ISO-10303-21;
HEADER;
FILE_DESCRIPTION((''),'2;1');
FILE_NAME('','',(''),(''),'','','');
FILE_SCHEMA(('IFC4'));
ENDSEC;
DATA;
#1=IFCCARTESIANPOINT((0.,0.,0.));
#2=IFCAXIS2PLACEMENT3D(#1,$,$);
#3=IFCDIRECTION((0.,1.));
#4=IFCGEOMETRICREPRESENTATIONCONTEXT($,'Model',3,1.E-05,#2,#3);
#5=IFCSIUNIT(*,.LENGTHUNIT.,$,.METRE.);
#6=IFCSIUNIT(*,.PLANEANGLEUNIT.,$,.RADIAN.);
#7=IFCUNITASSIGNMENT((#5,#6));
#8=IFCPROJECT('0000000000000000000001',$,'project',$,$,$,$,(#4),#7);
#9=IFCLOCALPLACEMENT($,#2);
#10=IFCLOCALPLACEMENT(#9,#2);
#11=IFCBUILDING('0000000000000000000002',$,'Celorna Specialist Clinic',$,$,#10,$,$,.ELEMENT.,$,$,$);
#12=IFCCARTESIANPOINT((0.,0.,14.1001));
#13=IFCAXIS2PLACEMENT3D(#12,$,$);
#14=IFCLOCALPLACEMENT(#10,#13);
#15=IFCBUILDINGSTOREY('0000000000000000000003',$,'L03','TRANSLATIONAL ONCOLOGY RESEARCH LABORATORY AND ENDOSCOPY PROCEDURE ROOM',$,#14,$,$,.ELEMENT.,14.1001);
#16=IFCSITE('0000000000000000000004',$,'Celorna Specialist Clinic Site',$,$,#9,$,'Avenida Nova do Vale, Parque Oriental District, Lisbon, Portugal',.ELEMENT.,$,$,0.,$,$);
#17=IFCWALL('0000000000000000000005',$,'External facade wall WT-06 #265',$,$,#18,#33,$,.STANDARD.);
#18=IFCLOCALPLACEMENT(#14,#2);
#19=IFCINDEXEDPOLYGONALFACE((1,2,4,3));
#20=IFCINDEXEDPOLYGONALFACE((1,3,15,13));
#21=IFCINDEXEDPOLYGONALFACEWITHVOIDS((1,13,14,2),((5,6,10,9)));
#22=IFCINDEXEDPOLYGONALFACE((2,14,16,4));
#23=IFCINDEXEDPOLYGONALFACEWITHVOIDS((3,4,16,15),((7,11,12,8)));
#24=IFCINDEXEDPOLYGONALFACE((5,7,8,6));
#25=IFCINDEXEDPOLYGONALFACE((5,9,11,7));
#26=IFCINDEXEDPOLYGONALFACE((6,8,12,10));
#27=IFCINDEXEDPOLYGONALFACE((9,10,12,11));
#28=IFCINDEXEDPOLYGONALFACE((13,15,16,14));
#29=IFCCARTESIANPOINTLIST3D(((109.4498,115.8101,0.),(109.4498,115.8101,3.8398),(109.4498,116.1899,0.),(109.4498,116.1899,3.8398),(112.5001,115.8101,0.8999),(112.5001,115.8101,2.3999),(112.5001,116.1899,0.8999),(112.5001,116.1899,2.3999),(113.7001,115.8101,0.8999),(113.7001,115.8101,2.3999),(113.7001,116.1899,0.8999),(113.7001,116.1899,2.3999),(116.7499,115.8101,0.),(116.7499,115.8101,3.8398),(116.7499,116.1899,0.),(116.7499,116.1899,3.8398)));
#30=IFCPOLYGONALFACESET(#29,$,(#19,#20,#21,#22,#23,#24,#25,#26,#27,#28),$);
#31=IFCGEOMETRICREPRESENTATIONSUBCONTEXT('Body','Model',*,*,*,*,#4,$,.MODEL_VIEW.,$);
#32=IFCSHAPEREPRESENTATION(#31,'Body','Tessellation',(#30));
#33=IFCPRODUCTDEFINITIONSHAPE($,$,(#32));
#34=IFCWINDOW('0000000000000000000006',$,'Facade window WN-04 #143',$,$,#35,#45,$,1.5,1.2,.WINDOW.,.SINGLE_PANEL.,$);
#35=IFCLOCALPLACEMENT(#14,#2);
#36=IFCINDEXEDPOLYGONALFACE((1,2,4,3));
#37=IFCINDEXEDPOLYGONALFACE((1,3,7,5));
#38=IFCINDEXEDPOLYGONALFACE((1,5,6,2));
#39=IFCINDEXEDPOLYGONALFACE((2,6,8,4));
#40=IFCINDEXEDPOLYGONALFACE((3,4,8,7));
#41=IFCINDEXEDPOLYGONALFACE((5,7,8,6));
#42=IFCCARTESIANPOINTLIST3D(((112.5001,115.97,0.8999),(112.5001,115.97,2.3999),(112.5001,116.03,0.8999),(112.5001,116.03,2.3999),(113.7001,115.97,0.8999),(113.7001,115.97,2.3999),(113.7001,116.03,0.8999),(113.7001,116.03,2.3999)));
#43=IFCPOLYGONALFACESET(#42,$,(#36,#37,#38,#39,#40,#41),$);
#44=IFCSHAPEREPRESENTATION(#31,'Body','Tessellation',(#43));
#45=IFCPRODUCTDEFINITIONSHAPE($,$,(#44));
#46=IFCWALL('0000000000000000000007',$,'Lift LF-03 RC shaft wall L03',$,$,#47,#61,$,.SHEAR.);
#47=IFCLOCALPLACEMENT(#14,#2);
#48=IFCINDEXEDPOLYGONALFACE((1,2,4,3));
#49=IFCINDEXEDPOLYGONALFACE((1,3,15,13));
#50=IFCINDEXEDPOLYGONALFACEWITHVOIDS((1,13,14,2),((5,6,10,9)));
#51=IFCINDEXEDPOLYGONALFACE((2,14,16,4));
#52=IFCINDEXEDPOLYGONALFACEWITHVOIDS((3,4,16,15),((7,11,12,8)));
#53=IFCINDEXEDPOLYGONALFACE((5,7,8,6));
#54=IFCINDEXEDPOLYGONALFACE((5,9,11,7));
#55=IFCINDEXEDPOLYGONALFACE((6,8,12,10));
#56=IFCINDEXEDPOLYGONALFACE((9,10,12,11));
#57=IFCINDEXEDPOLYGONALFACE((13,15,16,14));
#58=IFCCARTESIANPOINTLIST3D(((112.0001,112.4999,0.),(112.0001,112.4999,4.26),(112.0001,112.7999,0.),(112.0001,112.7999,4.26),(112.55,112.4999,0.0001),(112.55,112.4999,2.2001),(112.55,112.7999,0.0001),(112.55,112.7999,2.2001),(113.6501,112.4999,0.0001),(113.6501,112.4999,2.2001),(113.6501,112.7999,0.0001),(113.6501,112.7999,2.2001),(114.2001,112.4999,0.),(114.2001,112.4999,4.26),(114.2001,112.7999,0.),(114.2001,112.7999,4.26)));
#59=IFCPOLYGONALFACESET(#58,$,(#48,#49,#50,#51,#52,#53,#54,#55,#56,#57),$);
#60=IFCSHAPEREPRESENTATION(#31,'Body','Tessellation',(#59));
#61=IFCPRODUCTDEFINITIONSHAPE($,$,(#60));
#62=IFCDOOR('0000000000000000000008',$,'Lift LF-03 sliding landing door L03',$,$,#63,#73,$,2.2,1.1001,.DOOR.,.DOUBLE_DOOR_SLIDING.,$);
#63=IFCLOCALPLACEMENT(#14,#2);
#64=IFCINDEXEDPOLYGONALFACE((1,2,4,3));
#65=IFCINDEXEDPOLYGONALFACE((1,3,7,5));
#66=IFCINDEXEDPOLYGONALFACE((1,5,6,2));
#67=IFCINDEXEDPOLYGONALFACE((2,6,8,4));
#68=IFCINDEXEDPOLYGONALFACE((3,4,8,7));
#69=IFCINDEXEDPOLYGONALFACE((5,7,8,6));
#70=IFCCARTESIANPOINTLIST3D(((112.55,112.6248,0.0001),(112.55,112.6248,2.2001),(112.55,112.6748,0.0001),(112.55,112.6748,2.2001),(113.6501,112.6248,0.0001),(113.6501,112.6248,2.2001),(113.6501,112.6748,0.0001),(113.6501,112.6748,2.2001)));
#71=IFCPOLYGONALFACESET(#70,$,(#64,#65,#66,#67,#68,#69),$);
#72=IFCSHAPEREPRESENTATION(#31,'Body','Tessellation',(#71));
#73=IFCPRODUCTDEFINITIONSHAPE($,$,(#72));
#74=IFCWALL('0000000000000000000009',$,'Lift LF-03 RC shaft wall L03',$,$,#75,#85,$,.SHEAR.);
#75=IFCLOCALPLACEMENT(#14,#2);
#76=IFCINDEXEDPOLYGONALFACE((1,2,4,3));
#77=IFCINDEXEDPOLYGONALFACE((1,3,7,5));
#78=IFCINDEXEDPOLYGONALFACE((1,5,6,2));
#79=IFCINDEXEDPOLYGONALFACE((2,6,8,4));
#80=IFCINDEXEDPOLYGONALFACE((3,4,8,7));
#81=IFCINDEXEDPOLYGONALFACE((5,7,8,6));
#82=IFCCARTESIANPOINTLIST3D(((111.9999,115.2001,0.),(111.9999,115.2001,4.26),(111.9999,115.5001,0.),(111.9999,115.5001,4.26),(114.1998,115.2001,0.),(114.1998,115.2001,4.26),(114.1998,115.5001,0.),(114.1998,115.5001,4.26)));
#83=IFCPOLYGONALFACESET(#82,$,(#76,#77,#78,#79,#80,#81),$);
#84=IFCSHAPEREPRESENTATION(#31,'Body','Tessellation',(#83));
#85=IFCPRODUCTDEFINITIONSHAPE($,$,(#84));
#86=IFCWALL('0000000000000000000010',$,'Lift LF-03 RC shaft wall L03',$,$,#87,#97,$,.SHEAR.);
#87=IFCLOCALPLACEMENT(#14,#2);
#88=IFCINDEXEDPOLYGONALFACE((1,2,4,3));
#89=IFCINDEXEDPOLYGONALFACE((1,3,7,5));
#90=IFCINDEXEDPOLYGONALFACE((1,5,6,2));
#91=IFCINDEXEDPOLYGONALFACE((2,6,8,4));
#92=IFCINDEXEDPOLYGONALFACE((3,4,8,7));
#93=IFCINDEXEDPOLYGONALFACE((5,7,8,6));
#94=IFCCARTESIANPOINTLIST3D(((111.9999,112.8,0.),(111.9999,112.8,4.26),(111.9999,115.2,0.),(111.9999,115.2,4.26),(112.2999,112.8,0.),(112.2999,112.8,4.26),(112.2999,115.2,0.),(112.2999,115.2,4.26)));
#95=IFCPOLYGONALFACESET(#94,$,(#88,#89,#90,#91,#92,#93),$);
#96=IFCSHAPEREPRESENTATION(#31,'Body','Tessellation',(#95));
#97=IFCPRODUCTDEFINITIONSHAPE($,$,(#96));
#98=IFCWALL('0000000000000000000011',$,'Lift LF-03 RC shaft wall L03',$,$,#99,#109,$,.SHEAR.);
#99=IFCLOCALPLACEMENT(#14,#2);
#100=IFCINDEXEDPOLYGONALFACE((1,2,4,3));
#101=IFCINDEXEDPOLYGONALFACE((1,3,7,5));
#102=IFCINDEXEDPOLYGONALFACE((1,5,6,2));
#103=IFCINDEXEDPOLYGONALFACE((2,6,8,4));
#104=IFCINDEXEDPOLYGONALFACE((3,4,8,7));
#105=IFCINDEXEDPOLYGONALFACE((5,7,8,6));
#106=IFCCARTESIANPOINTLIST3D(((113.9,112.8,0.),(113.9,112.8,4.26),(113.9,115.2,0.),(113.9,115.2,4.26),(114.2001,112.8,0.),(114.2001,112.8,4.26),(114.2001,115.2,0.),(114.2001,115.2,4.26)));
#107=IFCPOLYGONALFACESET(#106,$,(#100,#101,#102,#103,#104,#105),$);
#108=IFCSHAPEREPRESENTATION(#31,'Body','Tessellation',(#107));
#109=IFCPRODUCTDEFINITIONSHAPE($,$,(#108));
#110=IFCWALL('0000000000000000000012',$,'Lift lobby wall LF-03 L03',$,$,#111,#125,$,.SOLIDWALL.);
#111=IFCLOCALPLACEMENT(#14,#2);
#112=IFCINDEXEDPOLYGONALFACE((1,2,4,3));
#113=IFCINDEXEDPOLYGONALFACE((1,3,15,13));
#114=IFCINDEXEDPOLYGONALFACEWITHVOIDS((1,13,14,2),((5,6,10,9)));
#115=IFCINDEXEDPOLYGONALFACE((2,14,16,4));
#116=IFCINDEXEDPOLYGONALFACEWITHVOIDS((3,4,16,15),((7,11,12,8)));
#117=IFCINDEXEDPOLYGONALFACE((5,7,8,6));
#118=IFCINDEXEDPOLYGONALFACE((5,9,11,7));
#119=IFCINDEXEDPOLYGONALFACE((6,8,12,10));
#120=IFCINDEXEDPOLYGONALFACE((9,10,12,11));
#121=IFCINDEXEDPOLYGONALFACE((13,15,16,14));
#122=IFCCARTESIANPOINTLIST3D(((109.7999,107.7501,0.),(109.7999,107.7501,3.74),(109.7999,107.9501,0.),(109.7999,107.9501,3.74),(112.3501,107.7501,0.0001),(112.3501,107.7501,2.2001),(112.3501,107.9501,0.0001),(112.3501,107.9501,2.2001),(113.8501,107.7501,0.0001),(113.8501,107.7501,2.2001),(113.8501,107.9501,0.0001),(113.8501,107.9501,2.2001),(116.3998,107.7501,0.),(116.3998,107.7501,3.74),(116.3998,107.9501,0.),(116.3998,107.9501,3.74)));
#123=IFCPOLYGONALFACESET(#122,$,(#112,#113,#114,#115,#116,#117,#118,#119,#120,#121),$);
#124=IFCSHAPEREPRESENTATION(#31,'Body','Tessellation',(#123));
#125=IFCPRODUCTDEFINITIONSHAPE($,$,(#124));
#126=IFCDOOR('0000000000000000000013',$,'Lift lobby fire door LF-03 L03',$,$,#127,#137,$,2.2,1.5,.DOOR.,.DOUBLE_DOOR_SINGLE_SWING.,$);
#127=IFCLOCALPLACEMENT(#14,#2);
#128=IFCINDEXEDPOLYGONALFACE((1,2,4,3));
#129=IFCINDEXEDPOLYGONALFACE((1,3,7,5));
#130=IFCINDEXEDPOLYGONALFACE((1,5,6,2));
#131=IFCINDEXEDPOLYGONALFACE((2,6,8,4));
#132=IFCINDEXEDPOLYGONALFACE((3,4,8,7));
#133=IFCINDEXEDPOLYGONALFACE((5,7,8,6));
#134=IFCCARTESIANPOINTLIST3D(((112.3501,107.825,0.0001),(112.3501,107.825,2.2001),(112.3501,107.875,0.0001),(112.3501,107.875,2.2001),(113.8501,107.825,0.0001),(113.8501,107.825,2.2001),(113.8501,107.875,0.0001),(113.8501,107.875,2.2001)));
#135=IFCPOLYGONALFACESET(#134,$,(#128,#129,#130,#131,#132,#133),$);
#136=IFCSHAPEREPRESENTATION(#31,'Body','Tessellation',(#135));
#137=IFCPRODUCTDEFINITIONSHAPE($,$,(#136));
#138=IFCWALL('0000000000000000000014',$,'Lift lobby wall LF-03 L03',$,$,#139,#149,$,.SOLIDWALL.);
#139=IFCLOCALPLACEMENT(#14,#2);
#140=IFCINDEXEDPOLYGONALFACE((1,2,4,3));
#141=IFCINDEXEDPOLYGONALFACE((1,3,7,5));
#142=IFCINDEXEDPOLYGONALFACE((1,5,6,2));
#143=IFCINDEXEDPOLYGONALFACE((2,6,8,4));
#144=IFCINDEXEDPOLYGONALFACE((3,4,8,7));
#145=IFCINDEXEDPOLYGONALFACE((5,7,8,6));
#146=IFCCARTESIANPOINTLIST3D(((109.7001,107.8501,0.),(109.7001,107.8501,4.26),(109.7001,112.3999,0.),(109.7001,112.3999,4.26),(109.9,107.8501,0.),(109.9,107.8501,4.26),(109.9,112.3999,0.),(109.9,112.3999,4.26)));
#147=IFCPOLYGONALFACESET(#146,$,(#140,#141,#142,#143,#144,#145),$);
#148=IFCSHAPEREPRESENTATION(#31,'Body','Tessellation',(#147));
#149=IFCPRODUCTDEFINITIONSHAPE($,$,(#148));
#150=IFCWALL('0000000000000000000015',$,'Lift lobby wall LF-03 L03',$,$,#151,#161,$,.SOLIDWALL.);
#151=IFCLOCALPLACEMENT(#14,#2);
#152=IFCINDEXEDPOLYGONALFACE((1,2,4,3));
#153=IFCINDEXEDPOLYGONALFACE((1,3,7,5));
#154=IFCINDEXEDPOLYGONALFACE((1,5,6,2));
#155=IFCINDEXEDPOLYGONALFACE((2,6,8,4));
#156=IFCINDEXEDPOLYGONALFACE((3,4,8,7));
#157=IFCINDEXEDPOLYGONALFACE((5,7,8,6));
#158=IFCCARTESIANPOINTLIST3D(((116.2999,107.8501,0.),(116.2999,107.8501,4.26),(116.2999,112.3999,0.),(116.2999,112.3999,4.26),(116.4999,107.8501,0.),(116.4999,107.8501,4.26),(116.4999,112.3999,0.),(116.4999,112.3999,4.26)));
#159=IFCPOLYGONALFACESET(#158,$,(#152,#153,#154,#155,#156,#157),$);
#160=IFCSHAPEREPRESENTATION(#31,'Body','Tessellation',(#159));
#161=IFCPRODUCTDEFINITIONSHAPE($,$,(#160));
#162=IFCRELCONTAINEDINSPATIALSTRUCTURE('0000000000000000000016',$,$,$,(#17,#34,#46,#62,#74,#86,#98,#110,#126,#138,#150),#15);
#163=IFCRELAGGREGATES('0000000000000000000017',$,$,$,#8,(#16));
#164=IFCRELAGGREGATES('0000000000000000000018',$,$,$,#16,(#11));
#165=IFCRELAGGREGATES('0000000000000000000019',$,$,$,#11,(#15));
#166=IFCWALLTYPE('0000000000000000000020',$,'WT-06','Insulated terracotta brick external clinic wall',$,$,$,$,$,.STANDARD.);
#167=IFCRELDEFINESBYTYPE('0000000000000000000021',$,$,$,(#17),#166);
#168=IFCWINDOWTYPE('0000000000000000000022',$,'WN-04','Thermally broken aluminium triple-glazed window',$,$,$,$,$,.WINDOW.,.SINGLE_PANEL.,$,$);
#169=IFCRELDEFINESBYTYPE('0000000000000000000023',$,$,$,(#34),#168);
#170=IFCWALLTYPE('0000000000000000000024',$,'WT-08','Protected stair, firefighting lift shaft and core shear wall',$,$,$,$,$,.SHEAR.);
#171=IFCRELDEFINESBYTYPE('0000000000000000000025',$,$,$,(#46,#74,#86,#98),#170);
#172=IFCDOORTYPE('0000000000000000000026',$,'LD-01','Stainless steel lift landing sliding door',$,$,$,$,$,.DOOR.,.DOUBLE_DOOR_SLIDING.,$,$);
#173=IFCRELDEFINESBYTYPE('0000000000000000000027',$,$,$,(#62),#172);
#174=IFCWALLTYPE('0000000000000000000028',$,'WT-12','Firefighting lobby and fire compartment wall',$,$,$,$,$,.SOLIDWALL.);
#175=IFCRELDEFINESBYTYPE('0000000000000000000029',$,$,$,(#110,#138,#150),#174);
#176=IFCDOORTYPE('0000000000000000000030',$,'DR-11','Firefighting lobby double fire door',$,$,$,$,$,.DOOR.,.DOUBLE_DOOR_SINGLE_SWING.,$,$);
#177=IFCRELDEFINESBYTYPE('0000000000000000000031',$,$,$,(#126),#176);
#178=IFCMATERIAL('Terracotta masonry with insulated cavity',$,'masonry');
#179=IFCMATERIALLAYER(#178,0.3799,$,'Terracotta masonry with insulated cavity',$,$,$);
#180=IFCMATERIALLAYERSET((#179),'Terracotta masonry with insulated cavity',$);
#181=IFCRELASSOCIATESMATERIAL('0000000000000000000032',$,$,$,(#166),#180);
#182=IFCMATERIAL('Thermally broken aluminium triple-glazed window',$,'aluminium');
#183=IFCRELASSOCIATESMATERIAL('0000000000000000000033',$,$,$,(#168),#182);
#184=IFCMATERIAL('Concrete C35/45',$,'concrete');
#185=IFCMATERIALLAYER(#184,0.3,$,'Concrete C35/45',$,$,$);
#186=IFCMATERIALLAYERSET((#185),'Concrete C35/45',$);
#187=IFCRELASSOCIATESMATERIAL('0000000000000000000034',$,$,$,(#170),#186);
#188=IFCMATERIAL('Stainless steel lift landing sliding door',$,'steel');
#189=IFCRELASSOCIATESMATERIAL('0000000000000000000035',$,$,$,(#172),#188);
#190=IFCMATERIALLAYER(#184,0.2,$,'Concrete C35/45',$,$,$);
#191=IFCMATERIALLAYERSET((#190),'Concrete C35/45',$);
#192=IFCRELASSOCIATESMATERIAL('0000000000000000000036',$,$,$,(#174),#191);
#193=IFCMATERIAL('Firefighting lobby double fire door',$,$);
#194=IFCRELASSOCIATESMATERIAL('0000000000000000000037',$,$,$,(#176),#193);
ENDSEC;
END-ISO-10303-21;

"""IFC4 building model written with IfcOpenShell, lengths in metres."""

from ifc_helpers import new_model, si_unit, direction, frame, frame_2d, origin, place, context, subcontext, project, spatial, rectangle, extrude, material, layer, layer_set, type_object, element, fill, save


model = new_model("IFC4")

# Units and contexts
model_context = context("Model", 3, precision=1e-05, world=origin(), true_north=direction((0.0, 1.0)))
body_context = subcontext(model_context, "Body", "Model", "MODEL_VIEW")
ifc_project = project(units=[si_unit("LENGTHUNIT", "METRE"), si_unit("PLANEANGLEUNIT", "RADIAN")], contexts=[model_context])

# Site, building, storey
site_placement = place(None, origin())
site = spatial("IfcSite", under=ifc_project, at=site_placement, Name="Celorna Specialist Clinic Site", LongName="Avenida Nova do Vale, Parque Oriental District, Lisbon, Portugal", CompositionType="ELEMENT", RefElevation=0.0)
building_placement = place(site_placement, origin())
building = spatial("IfcBuilding", under=site, at=building_placement, Name="Celorna Specialist Clinic", CompositionType="ELEMENT")
storey_placement = place(building_placement, frame((0.0, 0.0, 14.1001)))
storey = spatial("IfcBuildingStorey", under=building, at=storey_placement, Name="L03", Description="TRANSLATIONAL ONCOLOGY RESEARCH LABORATORY AND ENDOSCOPY PROCEDURE ROOM", CompositionType="ELEMENT", Elevation=14.1001)

# Shared definitions
ifc_material_1 = material(Name="Concrete C35/45", Category="concrete")

# Wall, opening, window
ifc_material_2 = material(Name="Terracotta masonry with insulated cavity", Category="masonry")
ifc_layer_1 = layer(ifc_material_2, 0.3799, Name="Terracotta masonry with insulated cavity")
ifc_layer_set_1 = layer_set([ifc_layer_1], Name="Terracotta masonry with insulated cavity")
wall_type_1 = type_object("IfcWallType", Name="WT-06", Description="Insulated terracotta brick external clinic wall", PredefinedType="STANDARD", material=ifc_layer_set_1)
wall_1_placement = place(storey_placement, frame((109.45, 116.0, 0.0), z_axis=(0.0, 0.0, 1.0), x_axis=(1.0, 0.0, 0.0)))
wall_1 = element("IfcWall", 1, at=wall_1_placement, inside=storey, type_object=wall_type_1, Name="External facade wall WT-06 #265", PredefinedType="STANDARD", context=body_context, shape_type="SweptSolid", body=[
    extrude(rectangle(XDim=7.3, YDim=0.3799, at=frame_2d((3.6499, 0.0))), origin(), (0.0, 0.0, 1.0), 3.8398),
])
opening_1_placement = place(wall_1_placement, frame((3.05, 0.0, 0.8999)))
opening_1 = element("IfcOpeningElement", 2, at=opening_1_placement, cuts=wall_1, PredefinedType="OPENING", context=body_context, shape_type="SweptSolid", body=[
    extrude(rectangle(XDim=1.2, YDim=1.5, at=frame_2d((0.6001, 0.75))), frame((0.0, 0.2, 0.0), z_axis=(0.0, -1.0, 0.0), x_axis=(1.0, 0.0, 0.0)), (0.0, 0.0, 1.0), 0.3999),
])
ifc_material_3 = material(Name="Thermally broken aluminium triple-glazed window", Category="aluminium")
window_type = type_object("IfcWindowType", Name="WN-04", Description="Thermally broken aluminium triple-glazed window", PartitioningType="SINGLE_PANEL", PredefinedType="WINDOW", material=ifc_material_3)
window_placement = place(opening_1_placement, origin())
window = element("IfcWindow", 3, at=window_placement, inside=storey, type_object=window_type, Name="Facade window WN-04 #143", OverallHeight=1.5, OverallWidth=1.2, PartitioningType="SINGLE_PANEL", PredefinedType="WINDOW", context=body_context, shape_type="SweptSolid", body=[
    extrude(rectangle(XDim=1.2, YDim=1.5, at=frame_2d((0.6001, 0.75))), frame((0.0, 0.03, 0.0), z_axis=(0.0, -1.0, 0.0), x_axis=(1.0, 0.0, 0.0)), (0.0, 0.0, 1.0), 0.0601),
])
fill(opening_1, window)

# Wall, opening, door
ifc_layer_2 = layer(ifc_material_1, 0.3, Name="Concrete C35/45")
ifc_layer_set_2 = layer_set([ifc_layer_2], Name="Concrete C35/45")
wall_type_2 = type_object("IfcWallType", Name="WT-08", Description="Protected stair, firefighting lift shaft and core shear wall", PredefinedType="SHEAR", material=ifc_layer_set_2)
wall_2_placement = place(storey_placement, frame((112.0, 112.6499, 0.0), z_axis=(0.0, 0.0, 1.0), x_axis=(1.0, 0.0, 0.0)))
wall_2 = element("IfcWall", 4, at=wall_2_placement, inside=storey, type_object=wall_type_2, Name="Lift LF-03 RC shaft wall L03", PredefinedType="SHEAR", context=body_context, shape_type="SweptSolid", body=[
    extrude(rectangle(XDim=2.2, YDim=0.3, at=frame_2d((1.1001, 0.0))), origin(), (0.0, 0.0, 1.0), 4.26),
])
opening_2_placement = place(wall_2_placement, frame((0.55, 0.0, 0.0)))
opening_2 = element("IfcOpeningElement", 5, at=opening_2_placement, cuts=wall_2, PredefinedType="OPENING", context=body_context, shape_type="SweptSolid", body=[
    extrude(rectangle(XDim=1.1001, YDim=2.2, at=frame_2d((0.55, 1.1001))), frame((0.0, 0.1599, 0.0), z_axis=(0.0, -1.0, 0.0), x_axis=(1.0, 0.0, 0.0)), (0.0, 0.0, 1.0), 0.3201),
])
ifc_material_4 = material(Name="Stainless steel lift landing sliding door", Category="steel")
door_type_1 = type_object("IfcDoorType", Name="LD-01", Description="Stainless steel lift landing sliding door", OperationType="DOUBLE_DOOR_SLIDING", PredefinedType="DOOR", material=ifc_material_4)
door_1_placement = place(opening_2_placement, origin())
door_1 = element("IfcDoor", 6, at=door_1_placement, inside=storey, type_object=door_type_1, Name="Lift LF-03 sliding landing door L03", OperationType="DOUBLE_DOOR_SLIDING", OverallHeight=2.2, OverallWidth=1.1001, PredefinedType="DOOR", context=body_context, shape_type="SweptSolid", body=[
    extrude(rectangle(XDim=1.1001, YDim=2.2, at=frame_2d((0.55, 1.1001))), frame((0.0, 0.0249, 0.0), z_axis=(0.0, -1.0, 0.0), x_axis=(1.0, 0.0, 0.0)), (0.0, 0.0, 1.0), 0.05),
])
fill(opening_2, door_1)

# Walls
wall_3_placement = place(storey_placement, frame((114.2, 115.3501, 0.0), z_axis=(0.0, 0.0, 1.0), x_axis=(-1.0, 0.0, 0.0)))
element("IfcWall", 7, at=wall_3_placement, inside=storey, type_object=wall_type_2, Name="Lift LF-03 RC shaft wall L03", PredefinedType="SHEAR", context=body_context, shape_type="SweptSolid", body=[
    extrude(rectangle(XDim=2.2, YDim=0.3, at=frame_2d((1.1001, 0.0))), origin(), (0.0, 0.0, 1.0), 4.26),
])
for number, where, z_axis, x_axis, name in (
    (8, (112.1499, 115.2, 0.0), (0.0, 0.0, 1.0), (0.0, -1.0, 0.0), "Lift LF-03 RC shaft wall L03"),
    (9, (114.05, 112.8, 0.0), (0.0, 0.0, 1.0), (0.0, 1.0, 0.0), "Lift LF-03 RC shaft wall L03"),
):
    element("IfcWall", number, at=place(storey_placement, frame(where, z_axis=z_axis, x_axis=x_axis)), inside=storey, type_object=wall_type_2, Name=name, PredefinedType="SHEAR", context=body_context, shape_type="SweptSolid", body=[
        extrude(rectangle(XDim=2.3999, YDim=0.3, at=frame_2d((1.2, 0.0))), origin(), (0.0, 0.0, 1.0), 4.26),
    ])

# Wall, opening, door
ifc_layer_3 = layer(ifc_material_1, 0.2, Name="Concrete C35/45")
ifc_layer_set_3 = layer_set([ifc_layer_3], Name="Concrete C35/45")
wall_type_3 = type_object("IfcWallType", Name="WT-12", Description="Firefighting lobby and fire compartment wall", PredefinedType="SOLIDWALL", material=ifc_layer_set_3)
wall_4_placement = place(storey_placement, frame((109.8, 107.8501, 0.0), z_axis=(0.0, 0.0, 1.0), x_axis=(1.0, 0.0, 0.0)))
wall_4 = element("IfcWall", 10, at=wall_4_placement, inside=storey, type_object=wall_type_3, Name="Lift lobby wall LF-03 L03", PredefinedType="SOLIDWALL", context=body_context, shape_type="SweptSolid", body=[
    extrude(rectangle(XDim=6.5999, YDim=0.2, at=frame_2d((3.2998, 0.0))), origin(), (0.0, 0.0, 1.0), 3.74),
])
opening_3_placement = place(wall_4_placement, frame((2.55, 0.0, 0.0)))
opening_3 = element("IfcOpeningElement", 11, at=opening_3_placement, cuts=wall_4, PredefinedType="OPENING", context=body_context, shape_type="SweptSolid", body=[
    extrude(rectangle(XDim=1.5, YDim=2.2, at=frame_2d((0.75, 1.1001))), frame((0.0, 0.1099, 0.0), z_axis=(0.0, -1.0, 0.0), x_axis=(1.0, 0.0, 0.0)), (0.0, 0.0, 1.0), 0.22),
])
ifc_material_5 = material(Name="Firefighting lobby double fire door")
door_type_2 = type_object("IfcDoorType", Name="DR-11", Description="Firefighting lobby double fire door", OperationType="DOUBLE_DOOR_SINGLE_SWING", PredefinedType="DOOR", material=ifc_material_5)
door_2_placement = place(opening_3_placement, origin())
door_2 = element("IfcDoor", 12, at=door_2_placement, inside=storey, type_object=door_type_2, Name="Lift lobby fire door LF-03 L03", OperationType="DOUBLE_DOOR_SINGLE_SWING", OverallHeight=2.2, OverallWidth=1.5, PredefinedType="DOOR", context=body_context, shape_type="SweptSolid", body=[
    extrude(rectangle(XDim=1.5, YDim=2.2, at=frame_2d((0.75, 1.1001))), frame((0.0, 0.0249, 0.0), z_axis=(0.0, -1.0, 0.0), x_axis=(1.0, 0.0, 0.0)), (0.0, 0.0, 1.0), 0.05),
])
fill(opening_3, door_2)

# Walls
for number, where, z_axis, x_axis, name in (
    (13, (109.8, 112.3999, 0.0), (0.0, 0.0, 1.0), (0.0, -1.0, 0.0), "Lift lobby wall LF-03 L03"),
    (14, (116.3999, 107.8501, 0.0), (0.0, 0.0, 1.0), (0.0, 1.0, 0.0), "Lift lobby wall LF-03 L03"),
):
    element("IfcWall", number, at=place(storey_placement, frame(where, z_axis=z_axis, x_axis=x_axis)), inside=storey, type_object=wall_type_3, Name=name, PredefinedType="SOLIDWALL", context=body_context, shape_type="SweptSolid", body=[
        extrude(rectangle(XDim=4.5498, YDim=0.2, at=frame_2d((2.2749, 0.0))), origin(), (0.0, 0.0, 1.0), 4.26),
    ])

save(model, "model.ifc")
